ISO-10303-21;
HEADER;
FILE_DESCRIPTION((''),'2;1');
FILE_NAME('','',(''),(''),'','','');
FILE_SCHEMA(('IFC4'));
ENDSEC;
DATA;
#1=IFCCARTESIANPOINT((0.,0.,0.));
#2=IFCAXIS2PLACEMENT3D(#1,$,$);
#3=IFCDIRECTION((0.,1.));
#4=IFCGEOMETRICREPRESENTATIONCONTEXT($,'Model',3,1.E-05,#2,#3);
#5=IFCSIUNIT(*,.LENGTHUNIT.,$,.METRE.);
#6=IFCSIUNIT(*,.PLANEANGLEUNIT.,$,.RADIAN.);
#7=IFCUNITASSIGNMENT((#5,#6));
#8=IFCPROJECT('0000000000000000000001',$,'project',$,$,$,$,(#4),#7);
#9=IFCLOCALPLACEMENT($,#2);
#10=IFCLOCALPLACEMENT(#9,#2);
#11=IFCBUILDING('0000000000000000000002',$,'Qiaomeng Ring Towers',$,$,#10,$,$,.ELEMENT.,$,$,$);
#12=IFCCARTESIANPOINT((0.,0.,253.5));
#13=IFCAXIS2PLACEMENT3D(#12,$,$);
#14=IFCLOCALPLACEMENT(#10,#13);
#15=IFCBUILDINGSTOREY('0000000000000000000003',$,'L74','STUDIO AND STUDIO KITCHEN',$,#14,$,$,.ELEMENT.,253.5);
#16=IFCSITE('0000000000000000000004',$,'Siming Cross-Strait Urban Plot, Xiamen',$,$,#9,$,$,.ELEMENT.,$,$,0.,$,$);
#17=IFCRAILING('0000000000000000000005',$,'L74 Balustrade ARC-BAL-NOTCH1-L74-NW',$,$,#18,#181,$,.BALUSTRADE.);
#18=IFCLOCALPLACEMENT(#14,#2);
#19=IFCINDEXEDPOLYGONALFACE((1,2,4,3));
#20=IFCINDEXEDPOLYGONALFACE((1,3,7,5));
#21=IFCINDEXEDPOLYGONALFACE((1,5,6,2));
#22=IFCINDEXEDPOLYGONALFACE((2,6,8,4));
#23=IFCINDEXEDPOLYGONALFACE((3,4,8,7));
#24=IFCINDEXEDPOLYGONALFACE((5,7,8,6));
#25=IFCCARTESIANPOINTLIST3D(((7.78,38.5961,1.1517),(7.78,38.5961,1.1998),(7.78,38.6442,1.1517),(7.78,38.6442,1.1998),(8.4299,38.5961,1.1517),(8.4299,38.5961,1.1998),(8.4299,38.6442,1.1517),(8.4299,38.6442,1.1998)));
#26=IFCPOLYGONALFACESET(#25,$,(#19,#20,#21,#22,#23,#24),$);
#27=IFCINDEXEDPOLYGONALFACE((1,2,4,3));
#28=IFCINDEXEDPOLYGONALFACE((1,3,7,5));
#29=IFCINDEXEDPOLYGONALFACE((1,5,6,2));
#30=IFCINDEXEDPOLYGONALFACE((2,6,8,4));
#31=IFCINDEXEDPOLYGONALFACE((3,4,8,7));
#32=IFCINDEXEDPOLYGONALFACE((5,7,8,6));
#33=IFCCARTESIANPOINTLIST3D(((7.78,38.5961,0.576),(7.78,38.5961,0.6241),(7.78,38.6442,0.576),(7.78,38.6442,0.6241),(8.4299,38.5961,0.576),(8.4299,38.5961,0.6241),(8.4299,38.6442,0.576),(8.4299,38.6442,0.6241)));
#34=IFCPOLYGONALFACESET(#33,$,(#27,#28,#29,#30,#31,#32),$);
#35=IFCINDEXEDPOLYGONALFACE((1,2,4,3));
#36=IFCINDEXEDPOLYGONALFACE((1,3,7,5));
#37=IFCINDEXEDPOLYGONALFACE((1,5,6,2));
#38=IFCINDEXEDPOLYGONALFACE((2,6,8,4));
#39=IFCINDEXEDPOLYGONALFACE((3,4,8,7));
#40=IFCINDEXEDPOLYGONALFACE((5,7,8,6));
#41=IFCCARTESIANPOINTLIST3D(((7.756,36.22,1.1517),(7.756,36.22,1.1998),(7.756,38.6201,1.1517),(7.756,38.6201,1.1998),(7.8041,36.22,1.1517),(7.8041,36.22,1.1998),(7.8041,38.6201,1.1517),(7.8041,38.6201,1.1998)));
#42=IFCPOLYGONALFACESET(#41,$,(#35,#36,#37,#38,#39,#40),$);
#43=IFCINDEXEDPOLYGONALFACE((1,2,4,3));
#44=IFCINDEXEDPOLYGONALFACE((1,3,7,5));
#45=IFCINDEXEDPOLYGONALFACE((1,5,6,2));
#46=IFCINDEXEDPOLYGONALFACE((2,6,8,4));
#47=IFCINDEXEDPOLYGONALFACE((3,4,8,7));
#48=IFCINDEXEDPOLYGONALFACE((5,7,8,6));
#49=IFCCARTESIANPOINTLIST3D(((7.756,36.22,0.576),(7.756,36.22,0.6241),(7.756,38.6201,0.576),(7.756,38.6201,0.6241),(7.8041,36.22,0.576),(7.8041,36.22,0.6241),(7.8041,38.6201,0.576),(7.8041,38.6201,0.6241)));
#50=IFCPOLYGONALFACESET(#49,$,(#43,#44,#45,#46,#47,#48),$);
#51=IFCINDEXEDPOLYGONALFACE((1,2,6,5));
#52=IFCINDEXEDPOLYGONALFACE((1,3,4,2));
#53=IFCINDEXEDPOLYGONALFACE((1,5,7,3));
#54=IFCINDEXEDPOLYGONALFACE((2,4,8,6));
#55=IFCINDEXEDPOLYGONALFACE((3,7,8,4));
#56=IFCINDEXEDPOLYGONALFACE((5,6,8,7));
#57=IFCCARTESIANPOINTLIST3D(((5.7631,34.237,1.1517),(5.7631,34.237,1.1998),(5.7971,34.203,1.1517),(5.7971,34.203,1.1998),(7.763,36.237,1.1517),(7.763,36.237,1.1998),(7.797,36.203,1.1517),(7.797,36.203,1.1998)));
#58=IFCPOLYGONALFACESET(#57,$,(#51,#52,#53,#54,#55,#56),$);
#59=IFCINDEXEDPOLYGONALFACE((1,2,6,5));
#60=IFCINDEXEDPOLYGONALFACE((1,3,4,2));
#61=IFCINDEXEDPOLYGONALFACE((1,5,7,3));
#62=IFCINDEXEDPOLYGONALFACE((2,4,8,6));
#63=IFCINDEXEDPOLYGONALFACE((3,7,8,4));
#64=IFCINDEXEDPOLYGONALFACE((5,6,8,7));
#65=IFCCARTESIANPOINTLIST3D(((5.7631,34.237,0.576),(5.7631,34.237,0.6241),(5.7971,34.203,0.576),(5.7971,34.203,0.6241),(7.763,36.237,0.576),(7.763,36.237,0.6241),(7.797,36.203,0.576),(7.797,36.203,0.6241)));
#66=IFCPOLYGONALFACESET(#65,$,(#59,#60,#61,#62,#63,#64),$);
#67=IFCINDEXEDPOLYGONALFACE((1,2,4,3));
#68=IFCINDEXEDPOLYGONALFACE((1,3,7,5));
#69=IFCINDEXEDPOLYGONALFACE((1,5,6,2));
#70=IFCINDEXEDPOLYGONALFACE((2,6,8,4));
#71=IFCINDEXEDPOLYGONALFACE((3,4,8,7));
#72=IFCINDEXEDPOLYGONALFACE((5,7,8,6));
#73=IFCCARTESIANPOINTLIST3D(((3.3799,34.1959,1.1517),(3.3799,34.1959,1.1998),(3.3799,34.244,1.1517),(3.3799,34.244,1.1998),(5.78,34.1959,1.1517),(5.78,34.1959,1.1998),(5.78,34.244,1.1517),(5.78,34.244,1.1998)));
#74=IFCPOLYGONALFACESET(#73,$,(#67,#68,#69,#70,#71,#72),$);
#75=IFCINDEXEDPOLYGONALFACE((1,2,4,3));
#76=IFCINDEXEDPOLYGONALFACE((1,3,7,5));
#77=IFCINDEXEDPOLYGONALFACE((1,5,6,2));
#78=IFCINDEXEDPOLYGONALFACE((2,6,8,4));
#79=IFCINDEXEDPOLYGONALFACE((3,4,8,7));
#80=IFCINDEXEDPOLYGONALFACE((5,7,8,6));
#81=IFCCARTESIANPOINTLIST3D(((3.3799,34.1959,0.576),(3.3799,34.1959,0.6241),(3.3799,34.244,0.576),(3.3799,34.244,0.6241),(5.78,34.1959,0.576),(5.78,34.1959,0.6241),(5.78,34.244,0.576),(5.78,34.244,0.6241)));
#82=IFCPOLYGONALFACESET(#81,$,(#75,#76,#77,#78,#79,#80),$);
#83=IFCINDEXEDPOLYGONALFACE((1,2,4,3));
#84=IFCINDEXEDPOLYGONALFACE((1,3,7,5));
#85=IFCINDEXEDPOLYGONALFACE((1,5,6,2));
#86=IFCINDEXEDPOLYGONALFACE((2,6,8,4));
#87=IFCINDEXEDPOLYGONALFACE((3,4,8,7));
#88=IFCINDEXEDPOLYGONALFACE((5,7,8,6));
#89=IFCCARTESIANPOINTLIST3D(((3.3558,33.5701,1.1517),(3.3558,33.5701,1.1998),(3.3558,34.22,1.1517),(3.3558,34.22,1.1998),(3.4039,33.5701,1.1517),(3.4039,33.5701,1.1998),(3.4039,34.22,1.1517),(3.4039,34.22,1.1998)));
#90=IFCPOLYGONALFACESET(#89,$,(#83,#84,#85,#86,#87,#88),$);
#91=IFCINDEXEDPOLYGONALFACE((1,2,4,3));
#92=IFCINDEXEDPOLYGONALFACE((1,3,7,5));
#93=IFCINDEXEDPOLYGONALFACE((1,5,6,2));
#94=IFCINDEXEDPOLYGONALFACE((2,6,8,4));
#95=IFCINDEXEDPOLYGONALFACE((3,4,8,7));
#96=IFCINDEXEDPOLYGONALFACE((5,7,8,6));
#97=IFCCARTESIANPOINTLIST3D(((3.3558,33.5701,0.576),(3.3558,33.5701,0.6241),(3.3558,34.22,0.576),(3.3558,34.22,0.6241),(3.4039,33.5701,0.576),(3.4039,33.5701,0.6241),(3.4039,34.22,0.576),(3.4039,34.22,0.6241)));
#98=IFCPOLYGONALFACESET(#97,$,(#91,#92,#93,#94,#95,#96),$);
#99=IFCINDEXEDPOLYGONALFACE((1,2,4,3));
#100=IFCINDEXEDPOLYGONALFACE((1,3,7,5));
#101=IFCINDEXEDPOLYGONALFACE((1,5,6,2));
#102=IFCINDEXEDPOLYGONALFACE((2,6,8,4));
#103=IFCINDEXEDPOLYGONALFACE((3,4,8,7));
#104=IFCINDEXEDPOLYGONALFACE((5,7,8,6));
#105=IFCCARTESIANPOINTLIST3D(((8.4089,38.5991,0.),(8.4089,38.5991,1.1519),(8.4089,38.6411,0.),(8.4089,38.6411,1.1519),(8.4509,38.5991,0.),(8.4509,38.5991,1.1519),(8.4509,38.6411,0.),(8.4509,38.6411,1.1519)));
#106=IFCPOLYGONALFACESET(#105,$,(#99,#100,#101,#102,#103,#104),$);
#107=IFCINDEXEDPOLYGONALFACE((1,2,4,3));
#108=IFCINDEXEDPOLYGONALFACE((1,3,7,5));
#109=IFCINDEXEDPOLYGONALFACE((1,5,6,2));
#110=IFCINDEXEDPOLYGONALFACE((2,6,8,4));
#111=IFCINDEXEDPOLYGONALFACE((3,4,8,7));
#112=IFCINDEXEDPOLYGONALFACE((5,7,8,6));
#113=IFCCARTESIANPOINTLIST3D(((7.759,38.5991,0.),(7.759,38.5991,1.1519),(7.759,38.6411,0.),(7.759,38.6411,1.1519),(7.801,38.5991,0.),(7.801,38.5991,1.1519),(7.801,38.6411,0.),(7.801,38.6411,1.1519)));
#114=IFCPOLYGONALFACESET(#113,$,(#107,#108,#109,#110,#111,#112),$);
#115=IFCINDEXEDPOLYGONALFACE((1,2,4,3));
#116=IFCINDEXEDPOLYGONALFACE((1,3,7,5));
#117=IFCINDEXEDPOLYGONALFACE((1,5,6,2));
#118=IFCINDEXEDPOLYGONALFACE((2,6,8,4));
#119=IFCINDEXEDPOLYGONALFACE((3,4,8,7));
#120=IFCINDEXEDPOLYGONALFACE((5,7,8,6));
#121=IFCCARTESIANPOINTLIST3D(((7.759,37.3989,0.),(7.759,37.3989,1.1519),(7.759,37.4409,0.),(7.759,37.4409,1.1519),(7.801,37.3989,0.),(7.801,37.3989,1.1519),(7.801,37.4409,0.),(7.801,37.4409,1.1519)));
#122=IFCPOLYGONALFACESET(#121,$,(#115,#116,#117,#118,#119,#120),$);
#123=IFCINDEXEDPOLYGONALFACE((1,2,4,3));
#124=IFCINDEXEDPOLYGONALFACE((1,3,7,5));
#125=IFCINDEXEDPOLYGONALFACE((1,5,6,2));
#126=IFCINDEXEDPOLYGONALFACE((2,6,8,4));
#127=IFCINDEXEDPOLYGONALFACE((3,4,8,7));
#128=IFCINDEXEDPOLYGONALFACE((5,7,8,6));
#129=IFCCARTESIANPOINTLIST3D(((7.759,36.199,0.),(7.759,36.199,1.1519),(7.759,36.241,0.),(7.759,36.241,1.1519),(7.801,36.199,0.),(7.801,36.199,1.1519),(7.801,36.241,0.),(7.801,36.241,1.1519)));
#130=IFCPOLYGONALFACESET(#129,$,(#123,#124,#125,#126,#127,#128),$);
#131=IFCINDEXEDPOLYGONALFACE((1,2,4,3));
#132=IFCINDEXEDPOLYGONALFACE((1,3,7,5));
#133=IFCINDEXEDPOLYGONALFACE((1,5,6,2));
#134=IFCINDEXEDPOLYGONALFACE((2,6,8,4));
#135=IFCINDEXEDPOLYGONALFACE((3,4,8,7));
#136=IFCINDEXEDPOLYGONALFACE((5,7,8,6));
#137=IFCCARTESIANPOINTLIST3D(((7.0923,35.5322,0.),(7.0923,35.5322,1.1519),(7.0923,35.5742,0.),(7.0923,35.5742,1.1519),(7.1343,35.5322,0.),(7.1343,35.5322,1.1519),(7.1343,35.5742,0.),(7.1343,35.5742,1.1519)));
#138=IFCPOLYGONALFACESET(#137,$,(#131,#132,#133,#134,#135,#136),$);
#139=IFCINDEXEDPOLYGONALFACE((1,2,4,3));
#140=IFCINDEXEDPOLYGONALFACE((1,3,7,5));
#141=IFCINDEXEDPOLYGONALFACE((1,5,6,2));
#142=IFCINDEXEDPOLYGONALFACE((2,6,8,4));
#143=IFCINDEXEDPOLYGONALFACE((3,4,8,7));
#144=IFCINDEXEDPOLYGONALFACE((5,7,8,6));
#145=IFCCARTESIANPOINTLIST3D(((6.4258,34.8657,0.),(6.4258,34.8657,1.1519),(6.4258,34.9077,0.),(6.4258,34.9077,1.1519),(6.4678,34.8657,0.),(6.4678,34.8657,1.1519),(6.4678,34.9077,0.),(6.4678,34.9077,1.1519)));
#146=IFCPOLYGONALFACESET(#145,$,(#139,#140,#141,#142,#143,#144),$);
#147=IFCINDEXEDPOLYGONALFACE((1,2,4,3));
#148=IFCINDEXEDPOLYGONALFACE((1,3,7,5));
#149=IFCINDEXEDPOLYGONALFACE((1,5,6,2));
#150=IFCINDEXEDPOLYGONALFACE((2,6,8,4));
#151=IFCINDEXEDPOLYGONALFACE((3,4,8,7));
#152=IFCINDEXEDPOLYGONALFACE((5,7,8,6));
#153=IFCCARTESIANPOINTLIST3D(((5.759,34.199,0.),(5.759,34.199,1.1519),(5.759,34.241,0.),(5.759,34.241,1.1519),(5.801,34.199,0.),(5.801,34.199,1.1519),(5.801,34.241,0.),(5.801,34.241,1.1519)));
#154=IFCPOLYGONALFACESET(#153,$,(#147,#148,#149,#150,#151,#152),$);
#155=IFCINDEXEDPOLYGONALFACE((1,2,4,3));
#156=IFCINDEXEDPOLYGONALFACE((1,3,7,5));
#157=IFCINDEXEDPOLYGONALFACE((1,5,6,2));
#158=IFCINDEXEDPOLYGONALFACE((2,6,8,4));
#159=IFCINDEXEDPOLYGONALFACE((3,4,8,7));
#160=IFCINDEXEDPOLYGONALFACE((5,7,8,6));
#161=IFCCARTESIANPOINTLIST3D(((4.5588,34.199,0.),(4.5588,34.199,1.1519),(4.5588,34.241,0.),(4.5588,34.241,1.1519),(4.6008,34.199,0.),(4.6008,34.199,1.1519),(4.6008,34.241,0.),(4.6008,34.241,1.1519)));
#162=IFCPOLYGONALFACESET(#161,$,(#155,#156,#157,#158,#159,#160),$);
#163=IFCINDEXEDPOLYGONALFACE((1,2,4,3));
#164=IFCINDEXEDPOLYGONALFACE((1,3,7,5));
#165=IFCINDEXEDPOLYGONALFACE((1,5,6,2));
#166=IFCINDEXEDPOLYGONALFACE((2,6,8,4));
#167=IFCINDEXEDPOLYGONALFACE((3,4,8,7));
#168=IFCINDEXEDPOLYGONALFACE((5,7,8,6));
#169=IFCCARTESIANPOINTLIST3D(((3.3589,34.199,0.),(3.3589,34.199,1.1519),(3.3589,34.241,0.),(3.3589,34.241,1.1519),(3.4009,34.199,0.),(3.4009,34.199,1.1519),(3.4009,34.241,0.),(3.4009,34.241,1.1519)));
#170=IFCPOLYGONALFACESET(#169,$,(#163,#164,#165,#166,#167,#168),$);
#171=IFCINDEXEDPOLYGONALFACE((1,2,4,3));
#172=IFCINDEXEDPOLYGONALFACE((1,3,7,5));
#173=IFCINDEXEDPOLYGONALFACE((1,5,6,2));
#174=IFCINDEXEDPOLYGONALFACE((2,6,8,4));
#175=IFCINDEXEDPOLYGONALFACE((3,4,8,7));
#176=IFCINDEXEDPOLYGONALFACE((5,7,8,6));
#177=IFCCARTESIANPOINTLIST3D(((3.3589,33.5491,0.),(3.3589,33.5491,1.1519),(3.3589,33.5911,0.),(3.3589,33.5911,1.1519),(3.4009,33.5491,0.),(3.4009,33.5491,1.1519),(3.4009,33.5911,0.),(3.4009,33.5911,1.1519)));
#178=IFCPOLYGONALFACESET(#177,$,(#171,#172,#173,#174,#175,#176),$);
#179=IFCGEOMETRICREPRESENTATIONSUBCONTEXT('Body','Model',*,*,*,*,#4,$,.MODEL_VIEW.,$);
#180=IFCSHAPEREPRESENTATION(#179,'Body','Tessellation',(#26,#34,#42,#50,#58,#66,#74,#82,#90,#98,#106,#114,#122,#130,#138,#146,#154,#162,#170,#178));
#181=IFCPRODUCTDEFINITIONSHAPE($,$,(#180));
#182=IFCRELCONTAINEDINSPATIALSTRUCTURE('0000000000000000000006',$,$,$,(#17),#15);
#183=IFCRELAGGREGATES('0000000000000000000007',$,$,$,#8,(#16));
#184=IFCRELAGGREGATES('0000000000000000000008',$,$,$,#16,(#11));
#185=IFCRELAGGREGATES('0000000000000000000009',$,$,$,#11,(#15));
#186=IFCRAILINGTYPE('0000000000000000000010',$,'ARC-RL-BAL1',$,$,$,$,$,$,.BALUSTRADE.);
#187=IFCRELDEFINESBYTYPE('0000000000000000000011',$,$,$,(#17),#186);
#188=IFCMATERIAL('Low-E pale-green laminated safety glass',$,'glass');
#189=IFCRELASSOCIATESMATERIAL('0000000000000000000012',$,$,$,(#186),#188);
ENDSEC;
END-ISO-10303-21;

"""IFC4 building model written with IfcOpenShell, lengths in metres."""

from ifc_helpers import new_model, si_unit, direction, frame, origin, origin_2d, place, context, subcontext, project, spatial, rectangle, extrude, material, type_object, element, save


model = new_model("IFC4")

# Units and contexts
model_context = context("Model", 3, precision=1e-05, world=origin(), true_north=direction((0.0, 1.0)))
body_context = subcontext(model_context, "Body", "Model", "MODEL_VIEW")
ifc_project = project(units=[si_unit("LENGTHUNIT", "METRE"), si_unit("PLANEANGLEUNIT", "RADIAN")], contexts=[model_context])

# Site, building, storey
site_placement = place(None, origin())
site = spatial("IfcSite", under=ifc_project, at=site_placement, Name="Siming Cross-Strait Urban Plot, Xiamen", CompositionType="ELEMENT", RefElevation=0.0)
building_placement = place(site_placement, origin())
building = spatial("IfcBuilding", under=site, at=building_placement, Name="Qiaomeng Ring Towers", CompositionType="ELEMENT")
storey_placement = place(building_placement, frame((0.0, 0.0, 253.5)))
storey = spatial("IfcBuildingStorey", under=building, at=storey_placement, Name="L74", Description="STUDIO AND STUDIO KITCHEN", CompositionType="ELEMENT", Elevation=253.5)

# Railing
ifc_material_1 = material(Name="Low-E pale-green laminated safety glass", Category="glass")
railing_type = type_object("IfcRailingType", Name="ARC-RL-BAL1", PredefinedType="BALUSTRADE", material=ifc_material_1)
railing_placement = place(storey_placement, frame((8.4299, 38.6201, 0.0)))
element("IfcRailing", 1, at=railing_placement, inside=storey, type_object=railing_type, Name="L74 Balustrade ARC-BAL-NOTCH1-L74-NW", PredefinedType="BALUSTRADE", context=body_context, shape_type="SweptSolid", body=[
    extrude(rectangle(XDim=0.0481, YDim=0.0481, at=origin_2d()), frame((0.0, 0.0, 1.1758), z_axis=(-1.0, 0.0, 0.0), x_axis=(0.0, -1.0, 0.0)), (0.0, 0.0, 1.0), 0.6499),
    extrude(rectangle(XDim=0.0481, YDim=0.0481, at=origin_2d()), frame((0.0, 0.0, 0.6001), z_axis=(-1.0, 0.0, 0.0), x_axis=(0.0, -1.0, 0.0)), (0.0, 0.0, 1.0), 0.6499),
    extrude(rectangle(XDim=0.0481, YDim=0.0481, at=origin_2d()), frame((-0.6499, 0.0, 1.1758), z_axis=(0.0, -1.0, 0.0), x_axis=(1.0, 0.0, 0.0)), (0.0, 0.0, 1.0), 2.4001),
    extrude(rectangle(XDim=0.0481, YDim=0.0481, at=origin_2d()), frame((-0.6499, 0.0, 0.6001), z_axis=(0.0, -1.0, 0.0), x_axis=(1.0, 0.0, 0.0)), (0.0, 0.0, 1.0), 2.4001),
    extrude(rectangle(XDim=0.0481, YDim=0.0481, at=origin_2d()), frame((-0.6499, -2.4001, 1.1758), z_axis=(-0.707107, -0.707107, 0.0), x_axis=(0.707107, -0.707107, 0.0)), (0.0, 0.0, 1.0), 2.8284),
    extrude(rectangle(XDim=0.0481, YDim=0.0481, at=origin_2d()), frame((-0.6499, -2.4001, 0.6001), z_axis=(-0.707107, -0.707107, 0.0), x_axis=(0.707107, -0.707107, 0.0)), (0.0, 0.0, 1.0), 2.8284),
    extrude(rectangle(XDim=0.0481, YDim=0.0481, at=origin_2d()), frame((-2.6499, -4.4001, 1.1758), z_axis=(-1.0, 0.0, 0.0), x_axis=(0.0, -1.0, 0.0)), (0.0, 0.0, 1.0), 2.4001),
    extrude(rectangle(XDim=0.0481, YDim=0.0481, at=origin_2d()), frame((-2.6499, -4.4001, 0.6001), z_axis=(-1.0, 0.0, 0.0), x_axis=(0.0, -1.0, 0.0)), (0.0, 0.0, 1.0), 2.4001),
    extrude(rectangle(XDim=0.0481, YDim=0.0481, at=origin_2d()), frame((-5.05, -4.4001, 1.1758), z_axis=(0.0, -1.0, 0.0), x_axis=(1.0, 0.0, 0.0)), (0.0, 0.0, 1.0), 0.6499),
    extrude(rectangle(XDim=0.0481, YDim=0.0481, at=origin_2d()), frame((-5.05, -4.4001, 0.6001), z_axis=(0.0, -1.0, 0.0), x_axis=(1.0, 0.0, 0.0)), (0.0, 0.0, 1.0), 0.6499),
    extrude(rectangle(XDim=0.042, YDim=0.042, at=origin_2d()), origin(), (0.0, 0.0, 1.0), 1.1519),
    extrude(rectangle(XDim=0.042, YDim=0.042, at=origin_2d()), frame((-0.6499, 0.0, 0.0)), (0.0, 0.0, 1.0), 1.1519),
    extrude(rectangle(XDim=0.042, YDim=0.042, at=origin_2d()), frame((-0.6499, -1.2002, 0.0)), (0.0, 0.0, 1.0), 1.1519),
    extrude(rectangle(XDim=0.042, YDim=0.042, at=origin_2d()), frame((-0.6499, -2.4001, 0.0)), (0.0, 0.0, 1.0), 1.1519),
    extrude(rectangle(XDim=0.042, YDim=0.042, at=origin_2d()), frame((-1.3167, -3.0669, 0.0)), (0.0, 0.0, 1.0), 1.1519),
    extrude(rectangle(XDim=0.042, YDim=0.042, at=origin_2d()), frame((-1.9832, -3.7334, 0.0)), (0.0, 0.0, 1.0), 1.1519),
    extrude(rectangle(XDim=0.042, YDim=0.042, at=origin_2d()), frame((-2.6499, -4.4001, 0.0)), (0.0, 0.0, 1.0), 1.1519),
    extrude(rectangle(XDim=0.042, YDim=0.042, at=origin_2d()), frame((-3.8501, -4.4001, 0.0)), (0.0, 0.0, 1.0), 1.1519),
    extrude(rectangle(XDim=0.042, YDim=0.042, at=origin_2d()), frame((-5.05, -4.4001, 0.0)), (0.0, 0.0, 1.0), 1.1519),
    extrude(rectangle(XDim=0.042, YDim=0.042, at=origin_2d()), frame((-5.05, -5.05, 0.0)), (0.0, 0.0, 1.0), 1.1519),
])

save(model, "model.ifc")
